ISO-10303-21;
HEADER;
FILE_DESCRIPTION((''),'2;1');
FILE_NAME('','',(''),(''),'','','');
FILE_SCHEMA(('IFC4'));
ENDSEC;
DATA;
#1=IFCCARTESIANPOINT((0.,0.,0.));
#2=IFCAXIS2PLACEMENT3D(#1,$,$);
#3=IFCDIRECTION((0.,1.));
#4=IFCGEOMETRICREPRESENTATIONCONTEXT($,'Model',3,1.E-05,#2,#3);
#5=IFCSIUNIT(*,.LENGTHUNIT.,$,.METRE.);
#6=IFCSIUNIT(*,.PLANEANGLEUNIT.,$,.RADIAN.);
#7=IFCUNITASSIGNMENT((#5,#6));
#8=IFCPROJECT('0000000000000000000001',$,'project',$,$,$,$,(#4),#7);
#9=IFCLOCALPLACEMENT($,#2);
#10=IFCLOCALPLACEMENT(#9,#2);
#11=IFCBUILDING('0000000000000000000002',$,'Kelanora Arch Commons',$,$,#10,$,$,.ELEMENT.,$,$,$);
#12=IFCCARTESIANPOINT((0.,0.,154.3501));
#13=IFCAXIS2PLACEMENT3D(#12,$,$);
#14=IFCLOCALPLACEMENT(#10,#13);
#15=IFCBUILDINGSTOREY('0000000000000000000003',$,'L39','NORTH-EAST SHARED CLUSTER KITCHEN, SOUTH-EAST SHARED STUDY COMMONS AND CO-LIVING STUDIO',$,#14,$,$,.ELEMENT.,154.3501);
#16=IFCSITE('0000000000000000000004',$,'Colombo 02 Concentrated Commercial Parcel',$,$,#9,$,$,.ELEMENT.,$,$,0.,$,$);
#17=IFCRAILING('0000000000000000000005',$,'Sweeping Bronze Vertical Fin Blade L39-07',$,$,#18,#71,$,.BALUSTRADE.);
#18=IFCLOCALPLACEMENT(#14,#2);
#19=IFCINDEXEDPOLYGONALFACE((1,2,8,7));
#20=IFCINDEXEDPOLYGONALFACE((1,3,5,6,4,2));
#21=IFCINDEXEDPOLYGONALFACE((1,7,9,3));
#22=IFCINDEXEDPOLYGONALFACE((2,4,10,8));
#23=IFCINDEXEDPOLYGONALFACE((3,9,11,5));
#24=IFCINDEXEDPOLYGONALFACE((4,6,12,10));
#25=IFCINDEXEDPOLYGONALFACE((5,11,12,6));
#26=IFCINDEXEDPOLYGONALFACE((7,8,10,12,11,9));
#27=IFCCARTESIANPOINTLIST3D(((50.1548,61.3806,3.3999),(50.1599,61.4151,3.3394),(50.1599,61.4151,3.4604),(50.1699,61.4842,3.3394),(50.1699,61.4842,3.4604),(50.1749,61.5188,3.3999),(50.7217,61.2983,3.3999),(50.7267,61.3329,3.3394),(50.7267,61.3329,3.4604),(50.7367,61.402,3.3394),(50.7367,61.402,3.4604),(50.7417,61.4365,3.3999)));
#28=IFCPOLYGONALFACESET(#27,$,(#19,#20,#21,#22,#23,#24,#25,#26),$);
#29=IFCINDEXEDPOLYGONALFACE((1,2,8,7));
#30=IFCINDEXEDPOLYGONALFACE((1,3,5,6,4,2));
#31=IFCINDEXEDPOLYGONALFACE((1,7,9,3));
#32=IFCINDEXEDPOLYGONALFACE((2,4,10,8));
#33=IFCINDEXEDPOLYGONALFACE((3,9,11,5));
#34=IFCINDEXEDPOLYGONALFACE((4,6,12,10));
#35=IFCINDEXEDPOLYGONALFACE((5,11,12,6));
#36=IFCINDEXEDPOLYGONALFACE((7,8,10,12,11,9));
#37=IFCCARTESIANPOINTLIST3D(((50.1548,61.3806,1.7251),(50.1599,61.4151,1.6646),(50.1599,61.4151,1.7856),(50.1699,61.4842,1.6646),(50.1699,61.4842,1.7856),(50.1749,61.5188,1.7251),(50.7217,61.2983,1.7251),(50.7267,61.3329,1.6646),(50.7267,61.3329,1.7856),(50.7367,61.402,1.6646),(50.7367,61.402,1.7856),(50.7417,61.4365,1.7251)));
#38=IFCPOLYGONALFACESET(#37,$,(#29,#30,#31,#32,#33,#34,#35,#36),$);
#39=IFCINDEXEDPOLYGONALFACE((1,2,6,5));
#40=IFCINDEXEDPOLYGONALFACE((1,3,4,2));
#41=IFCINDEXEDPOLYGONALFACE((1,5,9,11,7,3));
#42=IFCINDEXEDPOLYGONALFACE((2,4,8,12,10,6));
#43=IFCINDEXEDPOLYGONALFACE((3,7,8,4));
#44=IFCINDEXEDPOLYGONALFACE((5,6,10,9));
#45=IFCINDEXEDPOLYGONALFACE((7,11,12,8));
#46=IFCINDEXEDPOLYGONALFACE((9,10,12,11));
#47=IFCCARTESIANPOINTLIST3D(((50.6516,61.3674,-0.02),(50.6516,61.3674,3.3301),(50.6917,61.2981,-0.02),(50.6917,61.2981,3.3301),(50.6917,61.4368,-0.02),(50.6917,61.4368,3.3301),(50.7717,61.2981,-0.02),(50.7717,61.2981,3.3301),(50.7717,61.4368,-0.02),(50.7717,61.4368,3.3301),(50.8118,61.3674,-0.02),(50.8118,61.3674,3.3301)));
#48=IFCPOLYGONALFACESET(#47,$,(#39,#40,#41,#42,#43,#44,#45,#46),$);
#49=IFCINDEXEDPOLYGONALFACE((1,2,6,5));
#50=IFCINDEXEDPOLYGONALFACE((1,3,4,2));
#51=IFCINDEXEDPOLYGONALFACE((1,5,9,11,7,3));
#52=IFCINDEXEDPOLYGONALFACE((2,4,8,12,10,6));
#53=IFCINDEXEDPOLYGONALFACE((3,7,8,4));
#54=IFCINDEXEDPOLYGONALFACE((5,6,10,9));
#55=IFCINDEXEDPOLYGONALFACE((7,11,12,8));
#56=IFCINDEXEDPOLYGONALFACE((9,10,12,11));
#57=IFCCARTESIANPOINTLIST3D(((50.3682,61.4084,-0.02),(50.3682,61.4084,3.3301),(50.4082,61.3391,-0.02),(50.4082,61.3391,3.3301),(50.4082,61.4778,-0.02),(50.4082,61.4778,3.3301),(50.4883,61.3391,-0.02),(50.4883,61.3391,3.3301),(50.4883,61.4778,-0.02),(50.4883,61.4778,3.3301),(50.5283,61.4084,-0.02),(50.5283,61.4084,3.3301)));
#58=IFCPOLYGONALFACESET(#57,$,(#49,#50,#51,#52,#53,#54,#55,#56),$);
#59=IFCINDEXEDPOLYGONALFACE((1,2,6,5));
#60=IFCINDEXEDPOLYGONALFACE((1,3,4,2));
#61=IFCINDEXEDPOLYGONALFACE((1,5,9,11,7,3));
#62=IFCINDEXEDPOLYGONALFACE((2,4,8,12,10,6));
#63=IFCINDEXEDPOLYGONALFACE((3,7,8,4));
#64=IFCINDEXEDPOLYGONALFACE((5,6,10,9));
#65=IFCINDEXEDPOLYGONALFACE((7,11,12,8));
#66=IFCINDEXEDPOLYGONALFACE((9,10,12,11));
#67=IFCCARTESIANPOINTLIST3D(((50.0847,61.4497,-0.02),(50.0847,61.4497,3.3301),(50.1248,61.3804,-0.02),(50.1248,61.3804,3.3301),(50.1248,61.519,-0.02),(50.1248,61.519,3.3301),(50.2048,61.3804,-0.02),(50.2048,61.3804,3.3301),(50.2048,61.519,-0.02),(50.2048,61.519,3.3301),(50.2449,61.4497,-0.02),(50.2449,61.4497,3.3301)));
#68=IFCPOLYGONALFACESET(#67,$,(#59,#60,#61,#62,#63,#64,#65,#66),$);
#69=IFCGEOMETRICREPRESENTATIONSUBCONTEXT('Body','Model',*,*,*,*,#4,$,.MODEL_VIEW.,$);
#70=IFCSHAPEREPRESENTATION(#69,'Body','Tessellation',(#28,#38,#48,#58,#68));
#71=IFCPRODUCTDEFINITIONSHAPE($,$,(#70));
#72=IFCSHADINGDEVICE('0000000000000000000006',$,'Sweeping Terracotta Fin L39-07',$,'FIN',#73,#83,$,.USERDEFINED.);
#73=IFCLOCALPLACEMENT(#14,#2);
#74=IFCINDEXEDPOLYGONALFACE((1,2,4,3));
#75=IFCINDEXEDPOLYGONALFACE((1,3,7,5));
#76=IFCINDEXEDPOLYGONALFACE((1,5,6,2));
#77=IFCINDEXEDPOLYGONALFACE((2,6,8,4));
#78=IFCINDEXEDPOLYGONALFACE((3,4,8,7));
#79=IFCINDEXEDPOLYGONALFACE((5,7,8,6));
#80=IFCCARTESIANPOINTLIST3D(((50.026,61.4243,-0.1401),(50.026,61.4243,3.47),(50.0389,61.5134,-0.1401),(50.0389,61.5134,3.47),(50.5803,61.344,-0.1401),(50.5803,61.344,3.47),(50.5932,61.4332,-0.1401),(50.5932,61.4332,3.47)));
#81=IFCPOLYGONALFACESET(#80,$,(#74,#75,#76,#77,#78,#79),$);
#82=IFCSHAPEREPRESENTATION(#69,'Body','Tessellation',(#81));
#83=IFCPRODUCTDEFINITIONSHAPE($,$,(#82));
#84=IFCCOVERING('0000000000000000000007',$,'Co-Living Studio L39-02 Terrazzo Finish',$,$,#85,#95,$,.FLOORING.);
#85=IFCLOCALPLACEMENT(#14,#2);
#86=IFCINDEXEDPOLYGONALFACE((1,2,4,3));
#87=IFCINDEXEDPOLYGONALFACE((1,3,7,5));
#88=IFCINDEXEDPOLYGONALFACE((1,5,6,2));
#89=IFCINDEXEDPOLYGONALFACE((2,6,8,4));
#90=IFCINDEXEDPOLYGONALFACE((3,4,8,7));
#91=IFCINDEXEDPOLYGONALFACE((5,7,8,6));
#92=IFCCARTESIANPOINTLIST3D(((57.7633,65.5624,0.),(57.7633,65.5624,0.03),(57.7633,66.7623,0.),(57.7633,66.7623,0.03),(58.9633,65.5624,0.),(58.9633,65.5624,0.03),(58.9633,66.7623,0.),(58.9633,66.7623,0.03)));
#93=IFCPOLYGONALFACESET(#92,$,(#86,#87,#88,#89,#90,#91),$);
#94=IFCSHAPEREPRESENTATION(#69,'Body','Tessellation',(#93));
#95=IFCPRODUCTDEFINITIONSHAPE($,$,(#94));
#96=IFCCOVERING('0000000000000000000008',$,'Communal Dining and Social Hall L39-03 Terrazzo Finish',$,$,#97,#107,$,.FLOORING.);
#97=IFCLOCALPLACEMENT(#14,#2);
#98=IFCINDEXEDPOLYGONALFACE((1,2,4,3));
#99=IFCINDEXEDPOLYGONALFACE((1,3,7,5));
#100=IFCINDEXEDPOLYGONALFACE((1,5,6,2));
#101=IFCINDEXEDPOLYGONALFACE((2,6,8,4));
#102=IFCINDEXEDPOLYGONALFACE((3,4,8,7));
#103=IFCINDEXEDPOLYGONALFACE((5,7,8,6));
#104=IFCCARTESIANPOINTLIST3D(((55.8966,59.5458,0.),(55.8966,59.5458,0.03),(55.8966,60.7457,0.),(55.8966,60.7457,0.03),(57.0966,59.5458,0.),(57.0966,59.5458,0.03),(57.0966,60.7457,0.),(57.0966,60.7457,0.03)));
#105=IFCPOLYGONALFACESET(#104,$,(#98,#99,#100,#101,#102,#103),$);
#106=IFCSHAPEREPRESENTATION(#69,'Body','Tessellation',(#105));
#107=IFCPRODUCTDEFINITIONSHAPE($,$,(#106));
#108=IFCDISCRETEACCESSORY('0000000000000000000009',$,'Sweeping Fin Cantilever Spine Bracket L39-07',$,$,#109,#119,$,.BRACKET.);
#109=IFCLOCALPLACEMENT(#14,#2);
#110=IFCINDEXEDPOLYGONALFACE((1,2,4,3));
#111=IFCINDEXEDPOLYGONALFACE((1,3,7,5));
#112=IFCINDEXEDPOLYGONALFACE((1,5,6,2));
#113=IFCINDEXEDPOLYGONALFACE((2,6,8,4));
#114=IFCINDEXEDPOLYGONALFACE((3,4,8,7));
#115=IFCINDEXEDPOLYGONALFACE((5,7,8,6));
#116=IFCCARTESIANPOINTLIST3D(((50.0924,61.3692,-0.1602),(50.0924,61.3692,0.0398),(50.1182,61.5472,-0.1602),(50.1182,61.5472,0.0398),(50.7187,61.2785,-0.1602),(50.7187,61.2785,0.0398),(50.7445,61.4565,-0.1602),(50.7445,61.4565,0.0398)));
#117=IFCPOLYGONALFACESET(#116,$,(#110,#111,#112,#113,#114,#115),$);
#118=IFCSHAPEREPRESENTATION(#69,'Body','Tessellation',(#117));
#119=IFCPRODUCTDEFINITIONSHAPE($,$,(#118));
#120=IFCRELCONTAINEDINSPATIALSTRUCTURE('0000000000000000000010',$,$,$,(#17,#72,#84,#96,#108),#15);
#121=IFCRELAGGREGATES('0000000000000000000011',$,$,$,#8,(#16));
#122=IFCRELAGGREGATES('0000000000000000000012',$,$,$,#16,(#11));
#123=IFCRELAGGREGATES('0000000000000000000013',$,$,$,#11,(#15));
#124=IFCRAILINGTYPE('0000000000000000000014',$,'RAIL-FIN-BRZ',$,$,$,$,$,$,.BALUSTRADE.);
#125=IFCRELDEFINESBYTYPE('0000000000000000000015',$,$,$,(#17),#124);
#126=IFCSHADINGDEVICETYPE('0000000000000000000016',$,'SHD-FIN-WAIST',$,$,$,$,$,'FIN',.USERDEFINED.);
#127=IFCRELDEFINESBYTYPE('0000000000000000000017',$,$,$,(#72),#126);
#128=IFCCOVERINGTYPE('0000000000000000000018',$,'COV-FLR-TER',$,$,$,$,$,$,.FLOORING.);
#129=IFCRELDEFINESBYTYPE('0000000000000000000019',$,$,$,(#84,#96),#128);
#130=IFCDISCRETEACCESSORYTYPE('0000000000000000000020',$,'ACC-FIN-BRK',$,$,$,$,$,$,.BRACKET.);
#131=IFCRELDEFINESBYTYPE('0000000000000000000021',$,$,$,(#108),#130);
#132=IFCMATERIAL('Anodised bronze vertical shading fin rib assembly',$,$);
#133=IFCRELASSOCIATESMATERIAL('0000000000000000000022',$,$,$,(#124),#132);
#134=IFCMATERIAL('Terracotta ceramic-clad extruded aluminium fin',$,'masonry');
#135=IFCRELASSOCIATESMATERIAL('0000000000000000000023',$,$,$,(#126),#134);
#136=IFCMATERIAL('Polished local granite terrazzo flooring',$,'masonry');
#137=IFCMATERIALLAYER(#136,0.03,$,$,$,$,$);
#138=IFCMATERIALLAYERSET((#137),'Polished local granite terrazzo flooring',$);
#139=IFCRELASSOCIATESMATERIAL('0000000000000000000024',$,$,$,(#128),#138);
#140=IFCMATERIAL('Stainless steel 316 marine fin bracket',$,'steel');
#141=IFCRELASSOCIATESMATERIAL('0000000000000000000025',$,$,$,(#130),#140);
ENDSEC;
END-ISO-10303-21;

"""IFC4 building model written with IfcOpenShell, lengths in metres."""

from ifc_helpers import new_model, si_unit, direction, frame, origin, origin_2d, place, context, subcontext, project, spatial, polyline, rectangle, outline, extrude, source, transform, mapped, material, layer, layer_set, type_object, element, save


model = new_model("IFC4")

# Units and contexts
model_context = context("Model", 3, precision=1e-05, world=origin(), true_north=direction((0.0, 1.0)))
body_context = subcontext(model_context, "Body", "Model", "MODEL_VIEW")
ifc_project = project(units=[si_unit("LENGTHUNIT", "METRE"), si_unit("PLANEANGLEUNIT", "RADIAN")], contexts=[model_context])

# Site, building, storey
site_placement = place(None, origin())
site = spatial("IfcSite", under=ifc_project, at=site_placement, Name="Colombo 02 Concentrated Commercial Parcel", CompositionType="ELEMENT", RefElevation=0.0)
building_placement = place(site_placement, origin())
building = spatial("IfcBuilding", under=site, at=building_placement, Name="Kelanora Arch Commons", CompositionType="ELEMENT")
storey_placement = place(building_placement, frame((0.0, 0.0, 154.3501)))
storey = spatial("IfcBuildingStorey", under=building, at=storey_placement, Name="L39", Description="NORTH-EAST SHARED CLUSTER KITCHEN, SOUTH-EAST SHARED STUDY COMMONS AND CO-LIVING STUDIO", CompositionType="ELEMENT", Elevation=154.3501)

# Railing
ifc_material_1 = material(Name="Anodised bronze vertical shading fin rib assembly")
railing_type = type_object("IfcRailingType", Name="RAIL-FIN-BRZ", PredefinedType="BALUSTRADE", material=ifc_material_1)
railing_placement = place(storey_placement, frame((50.7317, 61.3674, -0.02)))
element("IfcRailing", 1, at=railing_placement, inside=storey, type_object=railing_type, Name="Sweeping Bronze Vertical Fin Blade L39-07", PredefinedType="BALUSTRADE", context=body_context, shape_type="SweptSolid", body=[
    extrude(outline(polyline([(0.0698, 0.0), (0.0349, 0.0605), (-0.0349, 0.0605), (-0.0698, 0.0), (-0.0349, -0.0605), (0.0349, -0.0605), (0.0698, 0.0)])), frame((0.0, 0.0, 3.4199), z_axis=(-0.989632, 0.143629, 0.0), x_axis=(-0.143629, -0.989632, 0.0)), (0.0, 0.0, 1.0), 0.5728),
    extrude(outline(polyline([(0.0698, 0.0), (0.0349, 0.0605), (-0.0349, 0.0605), (-0.0698, 0.0), (-0.0349, -0.0605), (0.0349, -0.0605), (0.0698, 0.0)])), frame((0.0, 0.0, 1.7451), z_axis=(-0.989632, 0.143629, 0.0), x_axis=(-0.143629, -0.989632, 0.0)), (0.0, 0.0, 1.0), 0.5728),
    extrude(outline(polyline([(0.0801, 0.0), (0.04, 0.0693), (-0.04, 0.0693), (-0.0801, 0.0), (-0.04, -0.0693), (0.04, -0.0693), (0.0801, 0.0)])), origin(), (0.0, 0.0, 1.0), 3.3501),
    extrude(outline(polyline([(0.0801, 0.0), (0.04, 0.0693), (-0.04, 0.0693), (-0.0801, 0.0), (-0.04, -0.0693), (0.04, -0.0693), (0.0801, 0.0)])), frame((-0.2834, 0.041, 0.0)), (0.0, 0.0, 1.0), 3.3501),
    extrude(outline(polyline([(0.0801, 0.0), (0.04, 0.0693), (-0.04, 0.0693), (-0.0801, 0.0), (-0.04, -0.0693), (0.04, -0.0693), (0.0801, 0.0)])), frame((-0.5669, 0.0823, 0.0)), (0.0, 0.0, 1.0), 3.3501),
])

# Shading device
ifc_material_2 = material(Name="Terracotta ceramic-clad extruded aluminium fin", Category="masonry")
shading_device_type = type_object("IfcShadingDeviceType", Name="SHD-FIN-WAIST", ElementType="FIN", PredefinedType="USERDEFINED", material=ifc_material_2)
shared_shape_1 = source(origin(), body_context, "Body", "SweptSolid", [
    extrude(rectangle(XDim=0.5601, YDim=0.0901, at=origin_2d()), origin(), (0.0, 0.0, 1.0), 3.6101),
])
shading_device_placement = place(storey_placement, frame((50.3096, 61.4287, -0.1401), z_axis=(0.0, 0.0, 1.0), x_axis=(-0.989676, 0.14332, 0.0)))
element("IfcShadingDevice", 2, at=shading_device_placement, inside=storey, type_object=shading_device_type, Name="Sweeping Terracotta Fin L39-07", ObjectType="FIN", PredefinedType="USERDEFINED", context=body_context, shape_type="MappedRepresentation", body=[
    mapped(shared_shape_1, transform((0.0, 0.0, 0.0), scale=1.0)),
])

# Coverings
ifc_material_3 = material(Name="Polished local granite terrazzo flooring", Category="masonry")
ifc_layer_1 = layer(ifc_material_3, 0.03)
ifc_layer_set_1 = layer_set([ifc_layer_1], Name="Polished local granite terrazzo flooring")
covering_type = type_object("IfcCoveringType", Name="COV-FLR-TER", PredefinedType="FLOORING", material=ifc_layer_set_1)
shared_shape_2 = source(origin(), body_context, "Body", "SweptSolid", [
    extrude(rectangle(XDim=1.2, YDim=1.2, at=origin_2d()), origin(), (0.0, 0.0, 1.0), 0.03),
])
for number, where, z_axis, x_axis, name in (
    (3, (58.3633, 66.1624, 0.0), (0.0, 0.0, 1.0), (1.0, 0.0, 0.0), "Co-Living Studio L39-02 Terrazzo Finish"),
    (4, (56.4966, 60.1458, 0.0), (0.0, 0.0, 1.0), (1.0, 0.0, 0.0), "Communal Dining and Social Hall L39-03 Terrazzo Finish"),
):
    element("IfcCovering", number, at=place(storey_placement, frame(where, z_axis=z_axis, x_axis=x_axis)), inside=storey, type_object=covering_type, Name=name, PredefinedType="FLOORING", context=body_context, shape_type="MappedRepresentation", body=[
        mapped(shared_shape_2, transform((0.0, 0.0, 0.0), scale=1.0)),
    ])

# Discrete accessory
ifc_material_4 = material(Name="Stainless steel 316 marine fin bracket", Category="steel")
discrete_accessory_type = type_object("IfcDiscreteAccessoryType", Name="ACC-FIN-BRK", PredefinedType="BRACKET", material=ifc_material_4)
shared_shape_3 = source(origin(), body_context, "Body", "SweptSolid", [
    extrude(rectangle(XDim=0.6328, YDim=0.1799, at=origin_2d()), origin(), (0.0, 0.0, 1.0), 0.2),
])
discrete_accessory_placement = place(storey_placement, frame((50.4185, 61.4128, -0.1602), z_axis=(0.0, 0.0, 1.0), x_axis=(-0.989676, 0.14332, 0.0)))
element("IfcDiscreteAccessory", 5, at=discrete_accessory_placement, inside=storey, type_object=discrete_accessory_type, Name="Sweeping Fin Cantilever Spine Bracket L39-07", PredefinedType="BRACKET", context=body_context, shape_type="MappedRepresentation", body=[
    mapped(shared_shape_3, transform((0.0, 0.0, 0.0), scale=1.0)),
])

save(model, "model.ifc")
